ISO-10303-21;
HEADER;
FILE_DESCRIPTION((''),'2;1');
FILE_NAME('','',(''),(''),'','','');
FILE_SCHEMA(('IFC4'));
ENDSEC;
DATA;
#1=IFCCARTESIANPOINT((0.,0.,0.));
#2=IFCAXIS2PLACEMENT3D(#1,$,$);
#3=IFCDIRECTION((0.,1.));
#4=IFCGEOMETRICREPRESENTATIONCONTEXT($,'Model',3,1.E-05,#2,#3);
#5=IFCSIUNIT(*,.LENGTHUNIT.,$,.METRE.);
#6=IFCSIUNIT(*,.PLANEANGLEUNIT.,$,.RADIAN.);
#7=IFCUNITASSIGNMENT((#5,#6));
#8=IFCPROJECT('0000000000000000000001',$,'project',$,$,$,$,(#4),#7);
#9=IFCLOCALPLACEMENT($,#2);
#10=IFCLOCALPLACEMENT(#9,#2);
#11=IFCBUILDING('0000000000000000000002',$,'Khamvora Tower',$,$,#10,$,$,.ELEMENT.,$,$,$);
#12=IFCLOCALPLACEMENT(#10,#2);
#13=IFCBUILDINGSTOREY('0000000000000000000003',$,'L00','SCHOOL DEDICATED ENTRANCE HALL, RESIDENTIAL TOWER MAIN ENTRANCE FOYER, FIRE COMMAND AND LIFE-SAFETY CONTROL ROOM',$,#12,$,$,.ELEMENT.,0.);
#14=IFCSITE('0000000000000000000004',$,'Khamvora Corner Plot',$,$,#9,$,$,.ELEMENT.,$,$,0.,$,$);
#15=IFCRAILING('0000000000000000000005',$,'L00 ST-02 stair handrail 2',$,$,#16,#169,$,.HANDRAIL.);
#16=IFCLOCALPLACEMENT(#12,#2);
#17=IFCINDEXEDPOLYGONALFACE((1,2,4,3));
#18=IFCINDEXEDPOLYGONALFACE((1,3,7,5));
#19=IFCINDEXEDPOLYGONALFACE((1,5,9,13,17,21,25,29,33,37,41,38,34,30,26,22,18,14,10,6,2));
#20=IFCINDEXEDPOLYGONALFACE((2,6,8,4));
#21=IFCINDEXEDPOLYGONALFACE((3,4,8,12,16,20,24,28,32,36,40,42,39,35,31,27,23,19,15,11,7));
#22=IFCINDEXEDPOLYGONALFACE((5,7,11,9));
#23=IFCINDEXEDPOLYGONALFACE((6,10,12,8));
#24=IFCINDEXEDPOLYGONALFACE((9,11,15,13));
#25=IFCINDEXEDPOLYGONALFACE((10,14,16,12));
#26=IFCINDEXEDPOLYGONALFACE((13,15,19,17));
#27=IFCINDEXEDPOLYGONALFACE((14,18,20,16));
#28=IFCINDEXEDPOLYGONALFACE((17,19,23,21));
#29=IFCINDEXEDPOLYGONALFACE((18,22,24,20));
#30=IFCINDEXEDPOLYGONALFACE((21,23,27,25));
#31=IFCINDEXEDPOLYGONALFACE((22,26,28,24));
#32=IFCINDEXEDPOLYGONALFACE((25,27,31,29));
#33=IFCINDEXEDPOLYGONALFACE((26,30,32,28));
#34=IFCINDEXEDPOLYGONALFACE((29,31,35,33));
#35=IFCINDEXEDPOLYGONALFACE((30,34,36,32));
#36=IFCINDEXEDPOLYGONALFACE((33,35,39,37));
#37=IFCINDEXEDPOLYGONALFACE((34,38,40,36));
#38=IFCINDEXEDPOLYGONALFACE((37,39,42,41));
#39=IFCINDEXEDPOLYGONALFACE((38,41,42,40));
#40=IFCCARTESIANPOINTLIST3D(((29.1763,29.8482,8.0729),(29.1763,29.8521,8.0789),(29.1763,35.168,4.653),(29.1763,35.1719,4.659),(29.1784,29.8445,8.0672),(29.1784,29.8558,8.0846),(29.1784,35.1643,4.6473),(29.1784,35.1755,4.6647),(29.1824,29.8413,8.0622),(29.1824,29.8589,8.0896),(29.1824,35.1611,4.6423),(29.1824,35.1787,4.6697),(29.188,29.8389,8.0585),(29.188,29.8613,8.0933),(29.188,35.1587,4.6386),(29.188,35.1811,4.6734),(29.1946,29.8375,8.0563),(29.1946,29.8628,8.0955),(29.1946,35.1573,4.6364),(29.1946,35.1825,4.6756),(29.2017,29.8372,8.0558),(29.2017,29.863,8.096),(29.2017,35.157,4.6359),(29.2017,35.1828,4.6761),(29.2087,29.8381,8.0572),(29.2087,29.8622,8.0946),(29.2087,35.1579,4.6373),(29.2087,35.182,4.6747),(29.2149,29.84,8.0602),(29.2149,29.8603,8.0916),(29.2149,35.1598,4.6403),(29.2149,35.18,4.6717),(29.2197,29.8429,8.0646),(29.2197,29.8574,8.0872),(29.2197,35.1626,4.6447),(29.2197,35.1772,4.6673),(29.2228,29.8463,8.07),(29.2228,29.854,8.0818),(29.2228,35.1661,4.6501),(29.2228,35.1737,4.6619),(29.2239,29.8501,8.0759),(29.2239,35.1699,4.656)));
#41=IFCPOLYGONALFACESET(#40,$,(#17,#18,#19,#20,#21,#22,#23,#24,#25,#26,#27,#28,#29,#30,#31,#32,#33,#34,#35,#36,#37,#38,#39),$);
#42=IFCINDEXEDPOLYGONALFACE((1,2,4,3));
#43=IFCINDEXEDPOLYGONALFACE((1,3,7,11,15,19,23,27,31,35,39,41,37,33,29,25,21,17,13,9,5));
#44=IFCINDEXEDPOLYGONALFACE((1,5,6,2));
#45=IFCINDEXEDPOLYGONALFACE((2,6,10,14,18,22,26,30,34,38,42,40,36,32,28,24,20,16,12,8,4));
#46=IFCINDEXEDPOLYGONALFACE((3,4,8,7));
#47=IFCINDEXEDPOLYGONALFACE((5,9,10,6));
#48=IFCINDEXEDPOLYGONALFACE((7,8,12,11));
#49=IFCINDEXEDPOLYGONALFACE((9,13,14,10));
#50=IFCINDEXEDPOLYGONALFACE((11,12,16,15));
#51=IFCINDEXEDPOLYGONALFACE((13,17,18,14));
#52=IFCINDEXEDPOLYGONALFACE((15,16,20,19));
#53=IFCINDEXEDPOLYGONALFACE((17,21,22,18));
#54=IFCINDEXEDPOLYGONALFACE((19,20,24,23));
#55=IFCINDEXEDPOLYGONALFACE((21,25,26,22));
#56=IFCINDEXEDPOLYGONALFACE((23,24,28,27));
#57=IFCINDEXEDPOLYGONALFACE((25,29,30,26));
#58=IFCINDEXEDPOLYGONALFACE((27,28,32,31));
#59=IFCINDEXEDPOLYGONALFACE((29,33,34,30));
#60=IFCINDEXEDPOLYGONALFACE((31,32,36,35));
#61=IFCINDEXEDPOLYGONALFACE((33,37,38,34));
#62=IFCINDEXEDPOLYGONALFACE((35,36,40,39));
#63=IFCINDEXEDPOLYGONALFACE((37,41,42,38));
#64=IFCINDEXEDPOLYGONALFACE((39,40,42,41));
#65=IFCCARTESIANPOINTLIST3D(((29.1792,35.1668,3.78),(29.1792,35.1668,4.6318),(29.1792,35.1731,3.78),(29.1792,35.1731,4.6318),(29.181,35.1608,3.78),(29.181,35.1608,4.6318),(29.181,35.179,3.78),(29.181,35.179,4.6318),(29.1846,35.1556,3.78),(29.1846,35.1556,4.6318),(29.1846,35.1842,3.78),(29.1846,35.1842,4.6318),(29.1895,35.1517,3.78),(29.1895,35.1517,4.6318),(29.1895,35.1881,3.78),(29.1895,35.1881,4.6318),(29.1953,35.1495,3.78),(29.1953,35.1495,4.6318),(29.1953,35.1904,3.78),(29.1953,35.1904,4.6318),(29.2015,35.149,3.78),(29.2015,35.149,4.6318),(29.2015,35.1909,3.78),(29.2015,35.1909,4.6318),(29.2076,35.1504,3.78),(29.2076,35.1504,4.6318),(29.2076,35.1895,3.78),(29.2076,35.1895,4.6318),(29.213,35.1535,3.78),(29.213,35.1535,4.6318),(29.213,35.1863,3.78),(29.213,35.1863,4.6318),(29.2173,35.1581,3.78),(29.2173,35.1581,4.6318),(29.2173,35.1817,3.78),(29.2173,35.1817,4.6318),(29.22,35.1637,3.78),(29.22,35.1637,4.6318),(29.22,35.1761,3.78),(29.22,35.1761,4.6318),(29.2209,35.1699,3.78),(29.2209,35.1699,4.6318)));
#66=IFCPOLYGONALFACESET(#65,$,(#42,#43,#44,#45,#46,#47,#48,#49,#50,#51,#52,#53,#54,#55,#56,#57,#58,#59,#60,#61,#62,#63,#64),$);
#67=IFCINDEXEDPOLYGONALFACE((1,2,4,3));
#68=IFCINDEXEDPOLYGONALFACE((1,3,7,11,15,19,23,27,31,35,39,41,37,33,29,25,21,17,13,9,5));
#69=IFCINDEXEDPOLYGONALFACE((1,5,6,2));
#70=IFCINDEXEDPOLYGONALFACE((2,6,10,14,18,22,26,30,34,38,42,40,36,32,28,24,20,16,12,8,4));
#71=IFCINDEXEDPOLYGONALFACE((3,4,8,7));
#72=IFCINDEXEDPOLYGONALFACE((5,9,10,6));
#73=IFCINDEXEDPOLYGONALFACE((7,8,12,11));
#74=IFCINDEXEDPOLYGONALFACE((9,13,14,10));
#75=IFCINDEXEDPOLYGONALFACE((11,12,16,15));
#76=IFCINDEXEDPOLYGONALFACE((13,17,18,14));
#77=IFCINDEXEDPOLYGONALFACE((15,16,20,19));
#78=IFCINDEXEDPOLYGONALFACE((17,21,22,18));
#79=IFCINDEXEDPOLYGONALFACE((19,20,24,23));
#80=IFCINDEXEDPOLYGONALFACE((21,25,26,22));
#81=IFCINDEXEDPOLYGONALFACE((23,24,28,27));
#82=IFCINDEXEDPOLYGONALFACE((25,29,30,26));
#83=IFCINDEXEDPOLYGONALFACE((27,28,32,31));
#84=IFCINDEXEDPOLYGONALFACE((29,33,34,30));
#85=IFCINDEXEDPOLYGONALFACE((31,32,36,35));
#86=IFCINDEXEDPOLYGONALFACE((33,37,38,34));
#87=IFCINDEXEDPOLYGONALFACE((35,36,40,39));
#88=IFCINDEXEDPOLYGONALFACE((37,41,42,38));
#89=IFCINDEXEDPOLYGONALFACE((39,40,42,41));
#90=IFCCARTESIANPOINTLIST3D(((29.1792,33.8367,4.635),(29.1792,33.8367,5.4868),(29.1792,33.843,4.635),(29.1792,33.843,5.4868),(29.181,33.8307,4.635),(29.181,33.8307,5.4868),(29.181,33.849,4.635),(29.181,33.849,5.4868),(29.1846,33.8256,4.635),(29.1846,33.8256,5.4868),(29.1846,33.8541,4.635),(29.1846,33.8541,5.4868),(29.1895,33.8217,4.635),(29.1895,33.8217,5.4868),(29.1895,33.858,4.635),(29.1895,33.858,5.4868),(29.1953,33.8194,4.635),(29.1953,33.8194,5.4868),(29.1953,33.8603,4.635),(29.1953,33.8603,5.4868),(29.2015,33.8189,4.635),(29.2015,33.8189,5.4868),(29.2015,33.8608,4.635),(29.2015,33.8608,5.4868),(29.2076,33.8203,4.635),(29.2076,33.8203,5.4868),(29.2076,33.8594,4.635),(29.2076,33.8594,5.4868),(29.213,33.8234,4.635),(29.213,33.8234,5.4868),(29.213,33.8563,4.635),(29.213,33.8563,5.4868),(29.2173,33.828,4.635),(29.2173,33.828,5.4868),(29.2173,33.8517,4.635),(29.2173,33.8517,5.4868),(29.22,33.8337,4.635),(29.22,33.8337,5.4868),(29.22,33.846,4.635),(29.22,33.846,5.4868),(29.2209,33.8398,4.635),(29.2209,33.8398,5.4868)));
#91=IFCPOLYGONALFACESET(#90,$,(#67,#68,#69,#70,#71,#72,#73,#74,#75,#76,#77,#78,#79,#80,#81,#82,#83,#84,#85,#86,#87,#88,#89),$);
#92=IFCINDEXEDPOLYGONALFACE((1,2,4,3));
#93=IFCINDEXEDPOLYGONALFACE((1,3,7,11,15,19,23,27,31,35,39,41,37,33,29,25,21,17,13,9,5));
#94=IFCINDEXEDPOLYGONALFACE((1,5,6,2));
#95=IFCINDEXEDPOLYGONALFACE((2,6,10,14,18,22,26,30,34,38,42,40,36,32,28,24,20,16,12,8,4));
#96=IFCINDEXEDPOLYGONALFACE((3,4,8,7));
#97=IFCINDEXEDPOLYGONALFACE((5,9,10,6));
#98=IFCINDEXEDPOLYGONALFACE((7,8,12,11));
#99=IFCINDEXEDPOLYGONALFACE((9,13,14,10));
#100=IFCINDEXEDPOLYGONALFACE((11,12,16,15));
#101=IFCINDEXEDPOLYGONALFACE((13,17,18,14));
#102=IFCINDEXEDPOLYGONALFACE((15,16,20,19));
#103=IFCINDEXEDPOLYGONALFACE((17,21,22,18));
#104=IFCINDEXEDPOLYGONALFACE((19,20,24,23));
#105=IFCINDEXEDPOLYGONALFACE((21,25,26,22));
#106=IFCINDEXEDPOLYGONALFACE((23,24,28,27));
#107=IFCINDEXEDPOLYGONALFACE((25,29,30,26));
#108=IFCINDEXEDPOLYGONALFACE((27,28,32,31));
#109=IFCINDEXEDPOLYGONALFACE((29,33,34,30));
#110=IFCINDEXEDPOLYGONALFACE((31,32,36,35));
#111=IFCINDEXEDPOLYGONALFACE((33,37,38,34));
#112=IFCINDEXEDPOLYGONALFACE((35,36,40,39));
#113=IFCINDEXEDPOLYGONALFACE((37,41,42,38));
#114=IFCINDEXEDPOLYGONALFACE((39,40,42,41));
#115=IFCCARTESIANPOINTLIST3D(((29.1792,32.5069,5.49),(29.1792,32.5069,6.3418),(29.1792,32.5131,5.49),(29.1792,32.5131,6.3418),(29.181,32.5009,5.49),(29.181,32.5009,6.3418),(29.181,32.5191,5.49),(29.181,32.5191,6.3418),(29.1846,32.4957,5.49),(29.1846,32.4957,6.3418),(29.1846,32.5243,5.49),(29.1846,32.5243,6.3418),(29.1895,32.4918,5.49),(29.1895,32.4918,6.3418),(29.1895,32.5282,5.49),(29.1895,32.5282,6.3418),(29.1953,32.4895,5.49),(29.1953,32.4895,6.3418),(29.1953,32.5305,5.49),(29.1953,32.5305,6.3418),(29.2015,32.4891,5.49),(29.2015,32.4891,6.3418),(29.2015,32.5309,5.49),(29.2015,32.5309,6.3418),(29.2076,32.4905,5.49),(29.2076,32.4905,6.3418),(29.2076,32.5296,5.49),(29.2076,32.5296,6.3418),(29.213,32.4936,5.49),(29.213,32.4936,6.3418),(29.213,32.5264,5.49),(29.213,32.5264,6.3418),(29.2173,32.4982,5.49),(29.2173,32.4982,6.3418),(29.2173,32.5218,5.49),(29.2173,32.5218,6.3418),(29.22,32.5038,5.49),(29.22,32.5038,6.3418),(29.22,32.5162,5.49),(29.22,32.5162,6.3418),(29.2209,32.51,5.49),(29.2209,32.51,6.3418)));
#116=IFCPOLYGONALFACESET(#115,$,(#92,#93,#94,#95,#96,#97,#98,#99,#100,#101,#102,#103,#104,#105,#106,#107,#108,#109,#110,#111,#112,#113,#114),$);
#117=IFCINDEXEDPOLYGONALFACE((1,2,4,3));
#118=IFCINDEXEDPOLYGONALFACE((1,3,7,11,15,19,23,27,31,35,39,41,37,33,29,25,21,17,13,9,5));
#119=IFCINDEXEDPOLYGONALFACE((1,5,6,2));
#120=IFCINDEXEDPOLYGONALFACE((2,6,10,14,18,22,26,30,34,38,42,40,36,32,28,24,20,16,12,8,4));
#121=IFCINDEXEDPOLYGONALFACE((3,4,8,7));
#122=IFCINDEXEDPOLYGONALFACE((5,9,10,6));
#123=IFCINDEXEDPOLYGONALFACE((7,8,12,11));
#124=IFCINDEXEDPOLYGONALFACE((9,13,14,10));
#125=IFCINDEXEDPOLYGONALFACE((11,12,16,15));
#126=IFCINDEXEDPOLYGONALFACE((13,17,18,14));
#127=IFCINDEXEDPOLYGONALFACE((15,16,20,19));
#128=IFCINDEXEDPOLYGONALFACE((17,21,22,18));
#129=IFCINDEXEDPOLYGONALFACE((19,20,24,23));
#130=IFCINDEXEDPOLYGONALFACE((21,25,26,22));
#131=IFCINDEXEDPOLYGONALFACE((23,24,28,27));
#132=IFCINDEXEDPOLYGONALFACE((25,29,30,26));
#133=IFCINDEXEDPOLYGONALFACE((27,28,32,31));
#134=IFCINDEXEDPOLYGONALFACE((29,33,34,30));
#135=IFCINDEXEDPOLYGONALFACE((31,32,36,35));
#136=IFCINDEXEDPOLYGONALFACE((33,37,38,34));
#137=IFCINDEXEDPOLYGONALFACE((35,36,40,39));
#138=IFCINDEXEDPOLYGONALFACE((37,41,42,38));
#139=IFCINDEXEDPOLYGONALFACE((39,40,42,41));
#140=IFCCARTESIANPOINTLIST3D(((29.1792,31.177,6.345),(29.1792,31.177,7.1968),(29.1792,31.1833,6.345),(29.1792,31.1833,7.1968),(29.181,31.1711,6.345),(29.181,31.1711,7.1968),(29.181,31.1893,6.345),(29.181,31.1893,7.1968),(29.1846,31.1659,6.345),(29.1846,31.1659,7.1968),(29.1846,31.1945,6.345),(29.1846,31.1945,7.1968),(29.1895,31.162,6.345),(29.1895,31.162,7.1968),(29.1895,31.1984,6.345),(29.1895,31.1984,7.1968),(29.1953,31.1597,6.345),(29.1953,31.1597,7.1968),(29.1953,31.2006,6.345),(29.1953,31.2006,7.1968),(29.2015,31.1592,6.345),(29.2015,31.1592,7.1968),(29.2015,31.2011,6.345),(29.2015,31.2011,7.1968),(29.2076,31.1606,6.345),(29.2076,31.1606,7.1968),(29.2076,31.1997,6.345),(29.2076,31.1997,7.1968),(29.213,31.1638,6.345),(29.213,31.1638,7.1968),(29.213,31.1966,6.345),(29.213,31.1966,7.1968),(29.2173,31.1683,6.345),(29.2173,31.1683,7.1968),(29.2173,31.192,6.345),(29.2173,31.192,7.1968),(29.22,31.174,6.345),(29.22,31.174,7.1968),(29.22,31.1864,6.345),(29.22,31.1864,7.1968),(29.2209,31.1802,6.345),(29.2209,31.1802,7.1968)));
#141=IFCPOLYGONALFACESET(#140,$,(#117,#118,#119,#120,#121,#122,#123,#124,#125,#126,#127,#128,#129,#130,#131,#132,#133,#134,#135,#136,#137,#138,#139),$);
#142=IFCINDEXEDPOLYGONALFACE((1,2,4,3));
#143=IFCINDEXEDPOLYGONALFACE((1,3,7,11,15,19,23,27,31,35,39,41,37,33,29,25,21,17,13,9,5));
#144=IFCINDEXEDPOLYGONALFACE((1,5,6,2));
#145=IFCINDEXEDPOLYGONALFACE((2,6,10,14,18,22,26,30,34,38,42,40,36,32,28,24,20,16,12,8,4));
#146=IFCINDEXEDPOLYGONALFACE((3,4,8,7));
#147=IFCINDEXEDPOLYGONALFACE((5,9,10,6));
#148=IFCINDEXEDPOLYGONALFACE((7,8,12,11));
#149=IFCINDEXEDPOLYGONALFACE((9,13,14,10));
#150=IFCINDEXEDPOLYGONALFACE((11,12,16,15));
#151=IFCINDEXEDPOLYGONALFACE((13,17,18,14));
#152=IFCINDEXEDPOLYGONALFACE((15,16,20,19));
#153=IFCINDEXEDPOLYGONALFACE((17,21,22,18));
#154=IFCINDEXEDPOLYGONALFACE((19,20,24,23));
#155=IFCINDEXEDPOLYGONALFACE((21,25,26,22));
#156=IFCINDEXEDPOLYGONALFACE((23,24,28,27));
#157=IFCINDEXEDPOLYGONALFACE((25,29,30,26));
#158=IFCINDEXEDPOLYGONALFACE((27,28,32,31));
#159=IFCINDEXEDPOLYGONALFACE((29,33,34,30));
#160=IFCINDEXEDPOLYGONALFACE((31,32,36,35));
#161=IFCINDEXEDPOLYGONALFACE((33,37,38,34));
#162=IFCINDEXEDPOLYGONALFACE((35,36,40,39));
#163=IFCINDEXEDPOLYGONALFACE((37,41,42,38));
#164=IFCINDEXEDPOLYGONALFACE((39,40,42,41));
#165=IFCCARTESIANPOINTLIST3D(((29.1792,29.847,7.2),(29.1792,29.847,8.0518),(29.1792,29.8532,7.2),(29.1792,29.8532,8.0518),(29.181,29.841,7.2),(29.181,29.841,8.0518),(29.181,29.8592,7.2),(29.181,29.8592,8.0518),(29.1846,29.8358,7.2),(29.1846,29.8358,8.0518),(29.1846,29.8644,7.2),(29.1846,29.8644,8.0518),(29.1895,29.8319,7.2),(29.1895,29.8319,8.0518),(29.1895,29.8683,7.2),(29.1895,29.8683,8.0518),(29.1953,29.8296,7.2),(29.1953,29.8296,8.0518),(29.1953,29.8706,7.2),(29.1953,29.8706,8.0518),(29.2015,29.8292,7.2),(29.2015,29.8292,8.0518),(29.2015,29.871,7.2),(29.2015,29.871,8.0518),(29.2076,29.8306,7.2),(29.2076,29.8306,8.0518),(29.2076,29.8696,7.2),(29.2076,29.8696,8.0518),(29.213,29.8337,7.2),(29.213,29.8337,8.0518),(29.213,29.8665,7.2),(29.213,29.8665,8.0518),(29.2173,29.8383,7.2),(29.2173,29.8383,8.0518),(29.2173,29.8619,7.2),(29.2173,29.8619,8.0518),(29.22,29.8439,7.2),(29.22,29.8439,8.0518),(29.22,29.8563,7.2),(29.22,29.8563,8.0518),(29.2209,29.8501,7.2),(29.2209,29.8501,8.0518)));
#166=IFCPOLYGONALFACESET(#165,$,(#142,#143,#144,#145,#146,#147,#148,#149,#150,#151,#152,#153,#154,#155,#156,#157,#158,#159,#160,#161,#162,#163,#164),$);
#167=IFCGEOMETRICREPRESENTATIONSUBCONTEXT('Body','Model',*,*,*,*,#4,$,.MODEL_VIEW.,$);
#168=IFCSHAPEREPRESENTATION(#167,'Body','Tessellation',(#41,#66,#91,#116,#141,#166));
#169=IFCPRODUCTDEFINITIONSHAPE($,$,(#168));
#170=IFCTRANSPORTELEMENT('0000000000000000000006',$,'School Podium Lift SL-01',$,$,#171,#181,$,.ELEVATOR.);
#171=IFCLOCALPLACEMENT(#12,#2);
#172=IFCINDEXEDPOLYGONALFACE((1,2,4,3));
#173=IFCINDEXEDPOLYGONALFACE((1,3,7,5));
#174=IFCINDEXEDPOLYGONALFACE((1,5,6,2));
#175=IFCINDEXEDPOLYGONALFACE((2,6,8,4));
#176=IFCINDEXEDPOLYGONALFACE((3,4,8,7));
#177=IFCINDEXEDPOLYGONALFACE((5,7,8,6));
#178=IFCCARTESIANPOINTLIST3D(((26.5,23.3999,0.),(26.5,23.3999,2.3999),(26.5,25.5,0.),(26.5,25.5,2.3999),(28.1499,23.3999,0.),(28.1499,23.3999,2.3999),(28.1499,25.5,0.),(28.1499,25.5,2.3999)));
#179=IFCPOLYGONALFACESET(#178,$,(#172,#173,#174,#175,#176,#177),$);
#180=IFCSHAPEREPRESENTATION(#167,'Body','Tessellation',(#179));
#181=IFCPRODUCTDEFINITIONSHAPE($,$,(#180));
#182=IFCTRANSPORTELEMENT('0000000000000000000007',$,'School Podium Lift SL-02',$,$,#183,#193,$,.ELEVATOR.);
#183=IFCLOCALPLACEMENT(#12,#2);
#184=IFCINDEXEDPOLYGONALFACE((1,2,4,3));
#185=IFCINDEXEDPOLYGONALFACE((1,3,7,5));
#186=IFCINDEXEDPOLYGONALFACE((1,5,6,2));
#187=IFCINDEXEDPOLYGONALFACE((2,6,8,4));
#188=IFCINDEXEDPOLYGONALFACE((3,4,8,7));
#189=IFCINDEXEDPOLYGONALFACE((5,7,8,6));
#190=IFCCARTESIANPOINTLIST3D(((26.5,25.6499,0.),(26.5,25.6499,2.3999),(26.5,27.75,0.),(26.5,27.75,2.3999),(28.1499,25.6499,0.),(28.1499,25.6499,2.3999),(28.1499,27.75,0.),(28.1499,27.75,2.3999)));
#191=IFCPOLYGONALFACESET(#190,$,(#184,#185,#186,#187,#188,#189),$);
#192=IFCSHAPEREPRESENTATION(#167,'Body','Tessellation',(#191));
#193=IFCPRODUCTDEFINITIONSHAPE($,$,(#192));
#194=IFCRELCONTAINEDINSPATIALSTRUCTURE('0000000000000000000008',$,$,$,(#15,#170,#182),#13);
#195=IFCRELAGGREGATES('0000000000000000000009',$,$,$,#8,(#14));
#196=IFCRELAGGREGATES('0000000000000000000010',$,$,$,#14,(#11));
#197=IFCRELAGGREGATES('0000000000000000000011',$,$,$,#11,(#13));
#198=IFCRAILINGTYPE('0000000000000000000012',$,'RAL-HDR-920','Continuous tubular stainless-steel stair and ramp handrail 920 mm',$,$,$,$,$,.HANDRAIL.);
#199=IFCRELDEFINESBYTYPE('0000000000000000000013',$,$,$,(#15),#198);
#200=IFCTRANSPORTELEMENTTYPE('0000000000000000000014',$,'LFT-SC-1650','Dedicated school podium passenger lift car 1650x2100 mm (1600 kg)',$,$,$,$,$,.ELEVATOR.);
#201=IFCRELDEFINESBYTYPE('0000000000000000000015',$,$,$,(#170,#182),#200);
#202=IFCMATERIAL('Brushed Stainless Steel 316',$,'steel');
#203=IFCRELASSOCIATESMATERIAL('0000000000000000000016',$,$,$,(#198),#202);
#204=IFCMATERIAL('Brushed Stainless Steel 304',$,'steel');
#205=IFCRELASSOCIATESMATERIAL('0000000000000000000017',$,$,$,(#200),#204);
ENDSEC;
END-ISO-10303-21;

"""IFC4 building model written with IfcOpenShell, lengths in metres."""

from ifc_helpers import new_model, si_unit, direction, frame, origin, origin_2d, place, context, subcontext, project, spatial, rectangle, circle, extrude, material, type_object, element, save


model = new_model("IFC4")

# Units and contexts
model_context = context("Model", 3, precision=1e-05, world=origin(), true_north=direction((0.0, 1.0)))
body_context = subcontext(model_context, "Body", "Model", "MODEL_VIEW")
ifc_project = project(units=[si_unit("LENGTHUNIT", "METRE"), si_unit("PLANEANGLEUNIT", "RADIAN")], contexts=[model_context])

# Site, building, storey
site_placement = place(None, origin())
site = spatial("IfcSite", under=ifc_project, at=site_placement, Name="Khamvora Corner Plot", CompositionType="ELEMENT", RefElevation=0.0)
building_placement = place(site_placement, origin())
building = spatial("IfcBuilding", under=site, at=building_placement, Name="Khamvora Tower", CompositionType="ELEMENT")
storey_placement = place(building_placement, origin())
storey = spatial("IfcBuildingStorey", under=building, at=storey_placement, Name="L00", Description="SCHOOL DEDICATED ENTRANCE HALL, RESIDENTIAL TOWER MAIN ENTRANCE FOYER, FIRE COMMAND AND LIFE-SAFETY CONTROL ROOM", CompositionType="ELEMENT", Elevation=0.0)

# Railing
ifc_material_1 = material(Name="Brushed Stainless Steel 316", Category="steel")
railing_type = type_object("IfcRailingType", Name="RAL-HDR-920", Description="Continuous tubular stainless-steel stair and ramp handrail 920 mm", PredefinedType="HANDRAIL", material=ifc_material_1)
railing_1_placement = place(storey_placement, frame((29.2, 35.1699, 3.78)))
element("IfcRailing", 1, at=railing_1_placement, inside=storey, type_object=railing_type, Name="L00 ST-02 stair handrail 2", PredefinedType="HANDRAIL", context=body_context, shape_type="SweptSolid", body=[
    extrude(circle(Radius=0.0239, at=origin_2d()), frame((0.0, 0.0, 0.876), z_axis=(0.0, -0.841176, 0.540761), x_axis=(1.0, 0.0, 0.0)), (0.0, 0.0, 1.0), 6.3242),
    extrude(circle(Radius=0.021, at=origin_2d()), origin(), (0.0, 0.0, 1.0), 0.8518),
    extrude(circle(Radius=0.021, at=origin_2d()), frame((0.0, -1.3301, 0.855)), (0.0, 0.0, 1.0), 0.8518),
    extrude(circle(Radius=0.021, at=origin_2d()), frame((0.0, -2.6599, 1.71)), (0.0, 0.0, 1.0), 0.8518),
    extrude(circle(Radius=0.021, at=origin_2d()), frame((0.0, -3.9897, 2.5649)), (0.0, 0.0, 1.0), 0.8518),
    extrude(circle(Radius=0.021, at=origin_2d()), frame((0.0, -5.3198, 3.4199)), (0.0, 0.0, 1.0), 0.8518),
])

# Transport elements
ifc_material_2 = material(Name="Brushed Stainless Steel 304", Category="steel")
transport_element_type = type_object("IfcTransportElementType", Name="LFT-SC-1650", Description="Dedicated school podium passenger lift car 1650x2100 mm (1600 kg)", PredefinedType="ELEVATOR", material=ifc_material_2)
for number, where, z_axis, x_axis, name in (
    (2, (27.325, 24.45, 0.0), (0.0, 0.0, 1.0), (1.0, 0.0, 0.0), "School Podium Lift SL-01"),
    (3, (27.325, 26.7, 0.0), (0.0, 0.0, 1.0), (1.0, 0.0, 0.0), "School Podium Lift SL-02"),
):
    element("IfcTransportElement", number, at=place(storey_placement, frame(where, z_axis=z_axis, x_axis=x_axis)), inside=storey, type_object=transport_element_type, Name=name, PredefinedType="ELEVATOR", context=body_context, shape_type="SweptSolid", body=[
        extrude(rectangle(XDim=1.6499, YDim=2.1001, at=origin_2d()), origin(), (0.0, 0.0, 1.0), 2.3999),
    ])

save(model, "model.ifc")
